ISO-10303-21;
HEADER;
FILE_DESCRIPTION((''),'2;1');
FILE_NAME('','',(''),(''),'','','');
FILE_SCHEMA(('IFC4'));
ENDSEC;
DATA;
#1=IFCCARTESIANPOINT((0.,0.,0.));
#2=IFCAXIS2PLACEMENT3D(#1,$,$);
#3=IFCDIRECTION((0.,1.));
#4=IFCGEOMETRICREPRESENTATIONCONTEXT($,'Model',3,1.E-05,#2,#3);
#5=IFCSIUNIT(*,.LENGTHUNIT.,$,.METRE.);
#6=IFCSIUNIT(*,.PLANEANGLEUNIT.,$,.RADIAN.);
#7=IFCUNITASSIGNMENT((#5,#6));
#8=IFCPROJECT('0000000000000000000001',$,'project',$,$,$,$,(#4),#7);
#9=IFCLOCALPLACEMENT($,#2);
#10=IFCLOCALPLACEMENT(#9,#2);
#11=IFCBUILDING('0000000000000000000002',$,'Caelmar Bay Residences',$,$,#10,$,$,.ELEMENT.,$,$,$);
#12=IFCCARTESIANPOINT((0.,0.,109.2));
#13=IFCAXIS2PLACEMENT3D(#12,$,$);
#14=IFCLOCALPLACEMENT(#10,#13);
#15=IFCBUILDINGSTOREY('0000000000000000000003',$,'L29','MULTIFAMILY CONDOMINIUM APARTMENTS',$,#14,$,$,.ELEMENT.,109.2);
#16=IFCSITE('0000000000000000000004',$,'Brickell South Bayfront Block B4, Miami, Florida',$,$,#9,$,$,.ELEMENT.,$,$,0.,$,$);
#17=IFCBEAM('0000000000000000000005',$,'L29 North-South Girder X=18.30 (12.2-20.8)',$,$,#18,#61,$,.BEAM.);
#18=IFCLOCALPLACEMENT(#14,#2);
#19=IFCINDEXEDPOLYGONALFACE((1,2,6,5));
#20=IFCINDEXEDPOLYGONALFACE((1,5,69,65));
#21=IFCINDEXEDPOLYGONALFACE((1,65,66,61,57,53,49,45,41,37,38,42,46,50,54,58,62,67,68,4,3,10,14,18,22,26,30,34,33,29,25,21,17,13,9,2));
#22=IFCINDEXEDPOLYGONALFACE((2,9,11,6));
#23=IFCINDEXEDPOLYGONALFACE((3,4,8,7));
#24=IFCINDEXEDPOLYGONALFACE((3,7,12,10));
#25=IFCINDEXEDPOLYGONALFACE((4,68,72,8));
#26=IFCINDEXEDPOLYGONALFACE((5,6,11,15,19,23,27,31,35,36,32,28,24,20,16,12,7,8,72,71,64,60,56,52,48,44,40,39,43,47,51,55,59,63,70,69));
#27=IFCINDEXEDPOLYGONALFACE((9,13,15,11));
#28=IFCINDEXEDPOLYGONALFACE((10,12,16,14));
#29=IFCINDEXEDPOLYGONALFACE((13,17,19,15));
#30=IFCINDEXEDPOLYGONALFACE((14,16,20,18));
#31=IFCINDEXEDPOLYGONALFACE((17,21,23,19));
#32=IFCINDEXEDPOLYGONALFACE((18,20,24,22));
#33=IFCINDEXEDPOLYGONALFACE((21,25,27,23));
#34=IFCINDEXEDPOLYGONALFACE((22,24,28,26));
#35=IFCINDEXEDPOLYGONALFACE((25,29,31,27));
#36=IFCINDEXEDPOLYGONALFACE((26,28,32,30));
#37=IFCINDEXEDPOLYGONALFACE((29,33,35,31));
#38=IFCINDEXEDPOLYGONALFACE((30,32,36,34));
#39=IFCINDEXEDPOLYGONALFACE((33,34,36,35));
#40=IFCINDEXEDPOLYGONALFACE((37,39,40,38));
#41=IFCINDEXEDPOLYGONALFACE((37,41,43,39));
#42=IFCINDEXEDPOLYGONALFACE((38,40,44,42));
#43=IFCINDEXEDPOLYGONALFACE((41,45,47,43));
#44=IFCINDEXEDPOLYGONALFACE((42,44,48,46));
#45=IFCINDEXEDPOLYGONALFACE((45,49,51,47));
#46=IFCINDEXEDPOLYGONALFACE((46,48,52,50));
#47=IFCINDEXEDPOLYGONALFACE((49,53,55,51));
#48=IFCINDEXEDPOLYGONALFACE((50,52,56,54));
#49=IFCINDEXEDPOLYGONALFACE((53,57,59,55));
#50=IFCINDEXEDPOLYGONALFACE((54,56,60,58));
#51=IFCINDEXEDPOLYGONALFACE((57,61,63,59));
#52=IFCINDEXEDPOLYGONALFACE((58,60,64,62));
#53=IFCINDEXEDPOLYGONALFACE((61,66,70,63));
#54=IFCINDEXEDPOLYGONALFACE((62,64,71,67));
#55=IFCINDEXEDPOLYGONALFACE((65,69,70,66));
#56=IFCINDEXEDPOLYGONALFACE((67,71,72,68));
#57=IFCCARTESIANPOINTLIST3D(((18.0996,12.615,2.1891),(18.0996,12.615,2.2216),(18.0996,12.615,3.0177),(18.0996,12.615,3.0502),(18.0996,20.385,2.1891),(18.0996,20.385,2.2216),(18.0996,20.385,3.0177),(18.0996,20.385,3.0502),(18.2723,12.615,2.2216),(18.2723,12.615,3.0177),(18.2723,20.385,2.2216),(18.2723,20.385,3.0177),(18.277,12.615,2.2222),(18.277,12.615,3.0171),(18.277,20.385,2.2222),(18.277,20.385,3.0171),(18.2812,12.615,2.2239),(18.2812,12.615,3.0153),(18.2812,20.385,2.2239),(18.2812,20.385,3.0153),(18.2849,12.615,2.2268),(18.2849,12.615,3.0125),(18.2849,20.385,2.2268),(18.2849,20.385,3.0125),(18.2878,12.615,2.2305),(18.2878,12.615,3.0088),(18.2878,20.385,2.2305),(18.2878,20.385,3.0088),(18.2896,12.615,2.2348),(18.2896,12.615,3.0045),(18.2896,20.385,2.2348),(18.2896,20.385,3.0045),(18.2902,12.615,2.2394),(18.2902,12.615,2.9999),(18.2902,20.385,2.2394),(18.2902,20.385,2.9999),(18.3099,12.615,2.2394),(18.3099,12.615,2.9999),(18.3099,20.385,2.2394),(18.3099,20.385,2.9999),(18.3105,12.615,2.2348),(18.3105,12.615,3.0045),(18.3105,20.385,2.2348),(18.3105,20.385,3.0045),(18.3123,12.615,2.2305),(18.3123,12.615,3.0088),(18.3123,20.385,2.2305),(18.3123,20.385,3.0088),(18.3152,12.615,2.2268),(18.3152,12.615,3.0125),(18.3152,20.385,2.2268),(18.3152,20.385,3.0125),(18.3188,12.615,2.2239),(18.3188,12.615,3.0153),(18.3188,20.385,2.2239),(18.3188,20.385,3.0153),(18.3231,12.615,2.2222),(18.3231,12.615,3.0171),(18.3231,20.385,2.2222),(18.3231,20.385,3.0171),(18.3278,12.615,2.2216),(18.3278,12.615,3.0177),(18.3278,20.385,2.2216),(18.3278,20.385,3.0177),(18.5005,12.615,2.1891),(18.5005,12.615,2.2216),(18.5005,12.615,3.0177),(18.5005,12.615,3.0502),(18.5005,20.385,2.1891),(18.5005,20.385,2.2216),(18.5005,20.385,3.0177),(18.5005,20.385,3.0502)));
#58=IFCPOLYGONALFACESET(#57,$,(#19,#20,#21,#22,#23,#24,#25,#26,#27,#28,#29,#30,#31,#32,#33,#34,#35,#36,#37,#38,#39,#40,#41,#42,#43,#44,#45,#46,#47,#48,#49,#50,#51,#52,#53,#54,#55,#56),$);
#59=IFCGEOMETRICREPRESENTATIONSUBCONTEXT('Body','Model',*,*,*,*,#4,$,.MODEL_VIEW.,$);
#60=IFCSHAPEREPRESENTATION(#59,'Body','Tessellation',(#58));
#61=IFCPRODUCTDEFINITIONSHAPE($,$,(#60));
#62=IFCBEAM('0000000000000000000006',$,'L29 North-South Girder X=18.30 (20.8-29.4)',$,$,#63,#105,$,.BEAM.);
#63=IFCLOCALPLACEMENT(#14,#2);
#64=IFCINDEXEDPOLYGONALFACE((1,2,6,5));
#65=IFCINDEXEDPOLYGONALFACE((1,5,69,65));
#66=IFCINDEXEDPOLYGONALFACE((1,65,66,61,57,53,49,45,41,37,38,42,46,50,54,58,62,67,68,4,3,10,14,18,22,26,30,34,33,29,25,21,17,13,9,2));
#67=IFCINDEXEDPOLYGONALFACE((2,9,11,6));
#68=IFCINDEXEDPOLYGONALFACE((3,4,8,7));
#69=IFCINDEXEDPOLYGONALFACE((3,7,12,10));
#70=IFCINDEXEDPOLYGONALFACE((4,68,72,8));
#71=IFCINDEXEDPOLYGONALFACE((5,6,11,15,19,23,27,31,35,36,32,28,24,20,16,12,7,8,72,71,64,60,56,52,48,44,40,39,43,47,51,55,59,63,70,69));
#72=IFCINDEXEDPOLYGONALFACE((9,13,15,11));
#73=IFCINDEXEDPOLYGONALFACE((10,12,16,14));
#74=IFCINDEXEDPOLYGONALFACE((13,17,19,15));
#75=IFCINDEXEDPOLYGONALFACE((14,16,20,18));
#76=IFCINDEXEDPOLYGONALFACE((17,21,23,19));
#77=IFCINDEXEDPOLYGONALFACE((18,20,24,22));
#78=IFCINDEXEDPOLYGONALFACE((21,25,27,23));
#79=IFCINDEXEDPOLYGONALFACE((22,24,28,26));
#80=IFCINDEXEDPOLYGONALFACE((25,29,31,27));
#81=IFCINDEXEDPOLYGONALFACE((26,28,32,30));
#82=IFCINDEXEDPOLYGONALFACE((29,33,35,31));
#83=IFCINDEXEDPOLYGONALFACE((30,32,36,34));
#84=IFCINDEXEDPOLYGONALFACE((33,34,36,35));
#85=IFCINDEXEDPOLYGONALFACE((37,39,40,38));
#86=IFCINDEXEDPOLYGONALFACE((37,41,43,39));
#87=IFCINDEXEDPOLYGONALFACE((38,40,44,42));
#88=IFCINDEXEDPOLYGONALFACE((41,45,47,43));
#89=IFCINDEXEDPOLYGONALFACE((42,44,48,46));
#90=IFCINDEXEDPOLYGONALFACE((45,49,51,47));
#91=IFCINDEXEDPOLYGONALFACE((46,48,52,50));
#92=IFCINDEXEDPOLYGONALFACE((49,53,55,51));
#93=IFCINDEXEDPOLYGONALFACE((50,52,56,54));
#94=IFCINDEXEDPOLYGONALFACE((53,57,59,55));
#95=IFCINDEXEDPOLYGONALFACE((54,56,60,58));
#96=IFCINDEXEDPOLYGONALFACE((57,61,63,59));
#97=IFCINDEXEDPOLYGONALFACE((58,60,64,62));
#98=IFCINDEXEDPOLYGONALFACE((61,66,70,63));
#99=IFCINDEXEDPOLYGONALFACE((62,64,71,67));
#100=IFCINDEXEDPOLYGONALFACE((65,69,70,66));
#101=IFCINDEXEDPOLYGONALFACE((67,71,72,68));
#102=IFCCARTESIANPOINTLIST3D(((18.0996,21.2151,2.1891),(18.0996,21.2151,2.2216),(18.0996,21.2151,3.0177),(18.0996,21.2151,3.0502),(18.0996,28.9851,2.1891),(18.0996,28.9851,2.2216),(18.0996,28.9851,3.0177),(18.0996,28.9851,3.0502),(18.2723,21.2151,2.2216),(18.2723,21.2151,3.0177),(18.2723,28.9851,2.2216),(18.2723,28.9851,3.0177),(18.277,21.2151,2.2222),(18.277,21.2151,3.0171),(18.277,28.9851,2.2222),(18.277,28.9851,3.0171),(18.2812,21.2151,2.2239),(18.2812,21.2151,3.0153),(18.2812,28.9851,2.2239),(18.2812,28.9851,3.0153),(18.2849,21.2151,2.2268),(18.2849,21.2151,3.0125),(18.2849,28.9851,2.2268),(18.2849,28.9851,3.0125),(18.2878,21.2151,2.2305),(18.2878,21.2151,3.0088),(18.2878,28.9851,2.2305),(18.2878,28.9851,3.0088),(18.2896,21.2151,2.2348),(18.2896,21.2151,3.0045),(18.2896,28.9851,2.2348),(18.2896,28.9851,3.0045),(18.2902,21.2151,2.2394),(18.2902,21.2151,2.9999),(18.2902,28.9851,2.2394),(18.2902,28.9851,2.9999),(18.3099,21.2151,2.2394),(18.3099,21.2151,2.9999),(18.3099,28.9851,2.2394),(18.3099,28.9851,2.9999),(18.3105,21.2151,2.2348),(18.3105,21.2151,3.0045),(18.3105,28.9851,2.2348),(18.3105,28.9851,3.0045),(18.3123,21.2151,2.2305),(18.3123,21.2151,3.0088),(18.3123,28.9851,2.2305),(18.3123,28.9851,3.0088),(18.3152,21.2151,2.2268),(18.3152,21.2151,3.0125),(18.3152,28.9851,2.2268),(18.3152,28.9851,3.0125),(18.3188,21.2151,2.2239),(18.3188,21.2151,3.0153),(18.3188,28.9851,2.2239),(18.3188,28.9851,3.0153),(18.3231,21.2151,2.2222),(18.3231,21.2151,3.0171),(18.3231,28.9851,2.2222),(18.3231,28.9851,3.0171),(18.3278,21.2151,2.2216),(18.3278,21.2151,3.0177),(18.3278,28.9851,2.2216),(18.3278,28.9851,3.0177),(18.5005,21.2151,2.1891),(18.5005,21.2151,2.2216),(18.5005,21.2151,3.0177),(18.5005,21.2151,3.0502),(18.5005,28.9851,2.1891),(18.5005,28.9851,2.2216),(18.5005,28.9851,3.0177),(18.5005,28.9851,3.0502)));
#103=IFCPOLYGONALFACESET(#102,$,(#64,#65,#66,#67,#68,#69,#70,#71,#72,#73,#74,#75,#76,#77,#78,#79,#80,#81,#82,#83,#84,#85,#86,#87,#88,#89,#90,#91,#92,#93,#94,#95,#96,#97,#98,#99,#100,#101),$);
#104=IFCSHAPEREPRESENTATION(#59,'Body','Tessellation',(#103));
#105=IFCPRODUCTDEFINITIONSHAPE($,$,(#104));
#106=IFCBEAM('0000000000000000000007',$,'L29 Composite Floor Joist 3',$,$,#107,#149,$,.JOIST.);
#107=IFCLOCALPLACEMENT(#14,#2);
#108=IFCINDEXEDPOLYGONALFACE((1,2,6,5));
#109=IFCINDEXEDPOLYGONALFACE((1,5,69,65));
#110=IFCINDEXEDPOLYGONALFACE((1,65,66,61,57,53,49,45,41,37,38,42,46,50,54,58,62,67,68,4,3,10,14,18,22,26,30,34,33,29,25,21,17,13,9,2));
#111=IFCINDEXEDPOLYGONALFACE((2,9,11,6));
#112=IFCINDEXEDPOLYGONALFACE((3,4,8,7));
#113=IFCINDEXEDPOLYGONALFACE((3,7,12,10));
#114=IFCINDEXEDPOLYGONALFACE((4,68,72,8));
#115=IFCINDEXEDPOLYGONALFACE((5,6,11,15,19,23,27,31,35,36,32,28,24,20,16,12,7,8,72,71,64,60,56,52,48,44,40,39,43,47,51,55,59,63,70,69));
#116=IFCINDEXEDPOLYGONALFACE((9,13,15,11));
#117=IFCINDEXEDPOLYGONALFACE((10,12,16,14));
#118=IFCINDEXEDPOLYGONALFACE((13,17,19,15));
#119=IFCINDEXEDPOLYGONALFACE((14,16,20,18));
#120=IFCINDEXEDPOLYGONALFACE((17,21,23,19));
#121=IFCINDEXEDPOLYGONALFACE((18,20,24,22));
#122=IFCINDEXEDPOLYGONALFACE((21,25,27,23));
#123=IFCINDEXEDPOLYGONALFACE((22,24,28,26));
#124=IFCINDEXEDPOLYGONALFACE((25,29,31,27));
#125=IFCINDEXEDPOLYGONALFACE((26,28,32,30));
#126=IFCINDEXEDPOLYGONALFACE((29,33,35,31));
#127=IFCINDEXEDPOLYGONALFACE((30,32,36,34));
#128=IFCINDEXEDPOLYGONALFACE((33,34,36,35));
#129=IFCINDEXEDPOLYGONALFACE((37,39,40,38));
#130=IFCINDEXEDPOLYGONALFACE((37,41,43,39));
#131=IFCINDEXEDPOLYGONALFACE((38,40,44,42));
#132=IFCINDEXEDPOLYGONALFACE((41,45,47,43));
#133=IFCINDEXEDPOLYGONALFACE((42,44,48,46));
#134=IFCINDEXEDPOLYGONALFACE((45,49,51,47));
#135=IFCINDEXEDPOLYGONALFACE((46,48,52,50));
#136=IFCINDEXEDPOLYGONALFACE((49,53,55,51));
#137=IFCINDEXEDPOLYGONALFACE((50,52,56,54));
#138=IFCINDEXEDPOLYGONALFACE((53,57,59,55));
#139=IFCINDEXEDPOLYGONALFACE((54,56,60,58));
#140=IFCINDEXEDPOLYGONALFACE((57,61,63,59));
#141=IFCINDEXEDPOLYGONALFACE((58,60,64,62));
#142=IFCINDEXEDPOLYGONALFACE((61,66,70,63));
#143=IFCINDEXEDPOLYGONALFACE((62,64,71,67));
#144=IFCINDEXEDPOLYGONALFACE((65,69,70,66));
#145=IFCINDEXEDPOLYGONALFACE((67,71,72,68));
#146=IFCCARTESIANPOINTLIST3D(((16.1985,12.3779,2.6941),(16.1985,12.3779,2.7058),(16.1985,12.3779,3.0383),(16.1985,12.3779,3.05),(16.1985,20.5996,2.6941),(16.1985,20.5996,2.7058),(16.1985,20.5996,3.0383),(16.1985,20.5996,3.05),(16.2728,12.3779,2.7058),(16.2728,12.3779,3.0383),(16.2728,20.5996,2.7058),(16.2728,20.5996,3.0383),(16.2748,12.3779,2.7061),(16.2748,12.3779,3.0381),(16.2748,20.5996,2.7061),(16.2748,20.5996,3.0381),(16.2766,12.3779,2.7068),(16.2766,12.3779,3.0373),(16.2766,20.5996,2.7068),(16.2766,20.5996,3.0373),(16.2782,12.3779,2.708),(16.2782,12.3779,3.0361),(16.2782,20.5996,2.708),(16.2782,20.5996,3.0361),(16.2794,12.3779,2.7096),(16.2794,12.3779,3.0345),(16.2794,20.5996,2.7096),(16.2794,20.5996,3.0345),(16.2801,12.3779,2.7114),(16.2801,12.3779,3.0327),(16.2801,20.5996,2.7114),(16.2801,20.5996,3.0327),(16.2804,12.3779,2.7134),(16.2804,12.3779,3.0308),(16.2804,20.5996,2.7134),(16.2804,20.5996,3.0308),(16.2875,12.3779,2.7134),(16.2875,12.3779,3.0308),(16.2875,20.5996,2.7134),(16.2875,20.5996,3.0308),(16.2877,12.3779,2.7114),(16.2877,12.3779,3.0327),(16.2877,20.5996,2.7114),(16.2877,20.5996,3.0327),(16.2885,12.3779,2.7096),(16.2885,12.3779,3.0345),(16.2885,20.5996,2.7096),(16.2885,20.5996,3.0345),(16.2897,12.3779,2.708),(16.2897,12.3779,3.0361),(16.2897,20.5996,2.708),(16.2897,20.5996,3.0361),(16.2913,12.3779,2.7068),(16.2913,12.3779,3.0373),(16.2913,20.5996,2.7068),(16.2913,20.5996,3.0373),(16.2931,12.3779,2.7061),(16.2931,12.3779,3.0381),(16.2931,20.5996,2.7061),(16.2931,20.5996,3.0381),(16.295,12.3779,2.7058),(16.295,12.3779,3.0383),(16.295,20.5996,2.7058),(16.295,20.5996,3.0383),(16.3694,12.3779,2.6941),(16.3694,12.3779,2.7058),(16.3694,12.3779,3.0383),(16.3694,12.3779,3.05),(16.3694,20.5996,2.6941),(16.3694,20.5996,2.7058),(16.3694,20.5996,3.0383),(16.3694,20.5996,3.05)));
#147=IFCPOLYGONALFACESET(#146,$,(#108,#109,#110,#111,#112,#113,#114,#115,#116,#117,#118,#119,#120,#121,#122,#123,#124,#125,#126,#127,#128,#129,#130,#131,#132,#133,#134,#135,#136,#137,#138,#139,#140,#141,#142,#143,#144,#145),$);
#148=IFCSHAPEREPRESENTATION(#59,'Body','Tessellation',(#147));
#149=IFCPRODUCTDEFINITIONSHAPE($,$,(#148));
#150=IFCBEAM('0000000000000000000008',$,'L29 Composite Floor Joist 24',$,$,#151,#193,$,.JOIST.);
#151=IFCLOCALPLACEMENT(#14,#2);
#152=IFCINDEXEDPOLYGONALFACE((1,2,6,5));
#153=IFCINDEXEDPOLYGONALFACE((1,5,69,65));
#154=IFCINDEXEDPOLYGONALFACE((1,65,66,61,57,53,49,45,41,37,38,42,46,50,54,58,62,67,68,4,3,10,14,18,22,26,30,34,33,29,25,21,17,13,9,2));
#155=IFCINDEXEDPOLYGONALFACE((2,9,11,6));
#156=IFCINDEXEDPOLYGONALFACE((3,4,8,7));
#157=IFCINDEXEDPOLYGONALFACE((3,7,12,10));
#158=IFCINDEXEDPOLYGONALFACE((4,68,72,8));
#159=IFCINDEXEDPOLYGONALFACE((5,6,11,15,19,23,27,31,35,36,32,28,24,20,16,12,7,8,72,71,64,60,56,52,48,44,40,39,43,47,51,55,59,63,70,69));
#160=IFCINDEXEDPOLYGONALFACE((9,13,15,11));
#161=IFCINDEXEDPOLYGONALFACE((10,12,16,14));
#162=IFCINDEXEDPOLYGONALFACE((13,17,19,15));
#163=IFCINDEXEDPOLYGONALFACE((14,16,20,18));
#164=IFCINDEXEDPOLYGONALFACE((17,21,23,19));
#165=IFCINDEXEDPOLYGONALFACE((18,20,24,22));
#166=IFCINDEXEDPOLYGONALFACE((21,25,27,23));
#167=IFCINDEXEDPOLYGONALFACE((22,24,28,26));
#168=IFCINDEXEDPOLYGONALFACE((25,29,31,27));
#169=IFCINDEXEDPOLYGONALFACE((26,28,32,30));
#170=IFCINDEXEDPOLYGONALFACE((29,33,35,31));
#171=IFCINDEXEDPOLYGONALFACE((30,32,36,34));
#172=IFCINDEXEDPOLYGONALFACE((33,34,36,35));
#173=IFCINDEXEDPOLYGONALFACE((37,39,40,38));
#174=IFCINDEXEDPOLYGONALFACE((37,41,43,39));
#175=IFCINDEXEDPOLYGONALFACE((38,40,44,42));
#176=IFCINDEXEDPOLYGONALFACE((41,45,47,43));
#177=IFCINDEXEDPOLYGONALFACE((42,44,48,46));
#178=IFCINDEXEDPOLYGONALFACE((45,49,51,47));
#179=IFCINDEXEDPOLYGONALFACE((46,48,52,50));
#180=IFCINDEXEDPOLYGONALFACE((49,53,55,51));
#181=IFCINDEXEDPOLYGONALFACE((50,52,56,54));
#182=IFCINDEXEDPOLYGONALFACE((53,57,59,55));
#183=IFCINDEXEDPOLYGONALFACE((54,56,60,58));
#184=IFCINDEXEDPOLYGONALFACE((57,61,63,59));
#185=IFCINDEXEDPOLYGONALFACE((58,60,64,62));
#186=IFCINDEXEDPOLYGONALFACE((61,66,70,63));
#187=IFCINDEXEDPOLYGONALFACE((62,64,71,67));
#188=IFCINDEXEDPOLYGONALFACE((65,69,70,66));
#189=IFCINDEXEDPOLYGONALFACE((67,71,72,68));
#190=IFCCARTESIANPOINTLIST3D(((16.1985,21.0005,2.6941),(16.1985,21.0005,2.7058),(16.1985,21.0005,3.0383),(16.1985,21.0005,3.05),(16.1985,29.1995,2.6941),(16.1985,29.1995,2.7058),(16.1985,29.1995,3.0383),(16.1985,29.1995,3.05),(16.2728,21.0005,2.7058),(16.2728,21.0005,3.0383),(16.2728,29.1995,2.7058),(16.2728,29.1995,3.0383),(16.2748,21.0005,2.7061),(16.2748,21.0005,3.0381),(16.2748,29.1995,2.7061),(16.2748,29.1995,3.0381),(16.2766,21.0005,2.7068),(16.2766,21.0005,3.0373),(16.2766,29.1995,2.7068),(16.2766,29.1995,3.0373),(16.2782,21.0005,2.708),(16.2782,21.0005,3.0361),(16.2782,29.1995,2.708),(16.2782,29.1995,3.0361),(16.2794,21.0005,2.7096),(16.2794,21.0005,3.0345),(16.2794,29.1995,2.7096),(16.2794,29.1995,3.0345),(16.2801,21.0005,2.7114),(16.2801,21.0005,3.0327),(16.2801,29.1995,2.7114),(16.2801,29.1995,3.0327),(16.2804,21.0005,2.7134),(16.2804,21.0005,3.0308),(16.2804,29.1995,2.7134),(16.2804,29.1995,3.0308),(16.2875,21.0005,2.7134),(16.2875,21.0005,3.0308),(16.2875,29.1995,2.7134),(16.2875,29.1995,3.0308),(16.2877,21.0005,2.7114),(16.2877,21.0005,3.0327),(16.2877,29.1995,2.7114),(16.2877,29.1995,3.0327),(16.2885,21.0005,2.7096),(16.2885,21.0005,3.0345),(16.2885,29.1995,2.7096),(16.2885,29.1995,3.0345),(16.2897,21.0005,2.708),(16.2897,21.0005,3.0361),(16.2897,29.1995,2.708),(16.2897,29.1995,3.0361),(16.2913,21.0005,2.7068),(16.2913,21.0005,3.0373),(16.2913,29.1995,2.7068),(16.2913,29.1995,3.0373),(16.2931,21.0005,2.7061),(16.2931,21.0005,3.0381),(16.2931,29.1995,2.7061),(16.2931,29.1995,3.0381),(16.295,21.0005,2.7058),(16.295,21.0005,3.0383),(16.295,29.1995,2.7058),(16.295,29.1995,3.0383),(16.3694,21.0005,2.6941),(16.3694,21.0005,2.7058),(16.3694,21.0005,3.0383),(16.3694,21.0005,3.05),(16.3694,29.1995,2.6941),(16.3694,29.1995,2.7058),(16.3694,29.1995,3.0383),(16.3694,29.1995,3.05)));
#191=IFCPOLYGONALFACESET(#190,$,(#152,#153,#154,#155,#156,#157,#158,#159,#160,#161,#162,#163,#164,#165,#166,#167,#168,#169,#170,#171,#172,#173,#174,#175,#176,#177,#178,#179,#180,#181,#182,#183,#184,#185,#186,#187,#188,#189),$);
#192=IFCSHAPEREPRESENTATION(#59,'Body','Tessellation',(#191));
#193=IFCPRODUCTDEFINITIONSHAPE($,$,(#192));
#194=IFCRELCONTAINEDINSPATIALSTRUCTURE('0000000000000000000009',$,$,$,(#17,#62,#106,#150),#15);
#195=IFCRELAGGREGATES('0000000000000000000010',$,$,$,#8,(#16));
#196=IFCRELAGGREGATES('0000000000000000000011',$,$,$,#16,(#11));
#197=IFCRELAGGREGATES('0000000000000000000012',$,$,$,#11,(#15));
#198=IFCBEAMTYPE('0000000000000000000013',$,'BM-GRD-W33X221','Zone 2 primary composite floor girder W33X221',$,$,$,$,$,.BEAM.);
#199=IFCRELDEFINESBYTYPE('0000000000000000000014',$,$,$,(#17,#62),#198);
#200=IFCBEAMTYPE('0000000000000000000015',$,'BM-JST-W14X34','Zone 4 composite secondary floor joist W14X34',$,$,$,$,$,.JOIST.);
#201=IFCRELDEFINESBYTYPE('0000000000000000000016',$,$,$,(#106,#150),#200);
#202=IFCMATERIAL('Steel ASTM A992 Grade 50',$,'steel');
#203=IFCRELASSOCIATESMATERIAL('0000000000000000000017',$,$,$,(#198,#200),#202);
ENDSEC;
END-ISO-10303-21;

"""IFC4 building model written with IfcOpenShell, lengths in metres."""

from ifc_helpers import new_model, si_unit, direction, frame, origin, origin_2d, place, context, subcontext, project, spatial, i_section, extrude, material, material_profile, profile_set, type_object, element, save


model = new_model("IFC4")

# Units and contexts
model_context = context("Model", 3, precision=1e-05, world=origin(), true_north=direction((0.0, 1.0)))
body_context = subcontext(model_context, "Body", "Model", "MODEL_VIEW")
ifc_project = project(units=[si_unit("LENGTHUNIT", "METRE"), si_unit("PLANEANGLEUNIT", "RADIAN")], contexts=[model_context])

# Site, building, storey
site_placement = place(None, origin())
site = spatial("IfcSite", under=ifc_project, at=site_placement, Name="Brickell South Bayfront Block B4, Miami, Florida", CompositionType="ELEMENT", RefElevation=0.0)
building_placement = place(site_placement, origin())
building = spatial("IfcBuilding", under=site, at=building_placement, Name="Caelmar Bay Residences", CompositionType="ELEMENT")
storey_placement = place(building_placement, frame((0.0, 0.0, 109.2)))
storey = spatial("IfcBuildingStorey", under=building, at=storey_placement, Name="L29", Description="MULTIFAMILY CONDOMINIUM APARTMENTS", CompositionType="ELEMENT", Elevation=109.2)

# Beams
ifc_material_1 = material(Name="Steel ASTM A992 Grade 50", Category="steel")
ifc_material_profile_1 = material_profile(ifc_material_1, i_section(OverallWidth=0.4009, OverallDepth=0.8611, WebThickness=0.0198, FlangeThickness=0.0325, FilletRadius=0.0178, at=origin_2d()), Name="W33X221")
ifc_profile_set_1 = profile_set([ifc_material_profile_1], Name="Steel ASTM A992 Grade 50")
beam_type_1 = type_object("IfcBeamType", Name="BM-GRD-W33X221", Description="Zone 2 primary composite floor girder W33X221", PredefinedType="BEAM", material=ifc_profile_set_1)
for number, where, z_axis, x_axis, name in (
    (1, (18.3, 12.615, 2.6196), (0.0, 1.0, 0.0), (-1.0, 0.0, 0.0), "L29 North-South Girder X=18.30 (12.2-20.8)"),
    (2, (18.3, 21.2151, 2.6196), (0.0, 1.0, 0.0), (-1.0, 0.0, 0.0), "L29 North-South Girder X=18.30 (20.8-29.4)"),
):
    element("IfcBeam", number, at=place(storey_placement, frame(where, z_axis=z_axis, x_axis=x_axis)), inside=storey, type_object=beam_type_1, Name=name, PredefinedType="BEAM", context=body_context, shape_type="SweptSolid", body=[
        extrude(i_section(OverallWidth=0.4009, OverallDepth=0.8611, WebThickness=0.0198, FlangeThickness=0.0325, FilletRadius=0.0178, at=origin_2d()), origin(), (0.0, 0.0, 1.0), 7.77),
    ])
ifc_material_profile_2 = material_profile(ifc_material_1, i_section(OverallWidth=0.1709, OverallDepth=0.356, WebThickness=0.0071, FlangeThickness=0.0117, FilletRadius=0.0076, at=origin_2d()), Name="W14X34")
ifc_profile_set_2 = profile_set([ifc_material_profile_2], Name="Steel ASTM A992 Grade 50")
beam_type_2 = type_object("IfcBeamType", Name="BM-JST-W14X34", Description="Zone 4 composite secondary floor joist W14X34", PredefinedType="JOIST", material=ifc_profile_set_2)
beam_1_placement = place(storey_placement, frame((16.2839, 12.3779, 2.8721), z_axis=(0.0, 1.0, 0.0), x_axis=(-1.0, 0.0, 0.0)))
element("IfcBeam", 3, at=beam_1_placement, inside=storey, type_object=beam_type_2, Name="L29 Composite Floor Joist 3", PredefinedType="JOIST", context=body_context, shape_type="SweptSolid", body=[
    extrude(i_section(OverallWidth=0.1709, OverallDepth=0.356, WebThickness=0.0071, FlangeThickness=0.0117, FilletRadius=0.0076, at=origin_2d()), origin(), (0.0, 0.0, 1.0), 8.2217),
])
beam_2_placement = place(storey_placement, frame((16.2839, 21.0005, 2.8721), z_axis=(0.0, 1.0, 0.0), x_axis=(-1.0, 0.0, 0.0)))
element("IfcBeam", 4, at=beam_2_placement, inside=storey, type_object=beam_type_2, Name="L29 Composite Floor Joist 24", PredefinedType="JOIST", context=body_context, shape_type="SweptSolid", body=[
    extrude(i_section(OverallWidth=0.1709, OverallDepth=0.356, WebThickness=0.0071, FlangeThickness=0.0117, FilletRadius=0.0076, at=origin_2d()), origin(), (0.0, 0.0, 1.0), 8.199),
])

save(model, "model.ifc")
